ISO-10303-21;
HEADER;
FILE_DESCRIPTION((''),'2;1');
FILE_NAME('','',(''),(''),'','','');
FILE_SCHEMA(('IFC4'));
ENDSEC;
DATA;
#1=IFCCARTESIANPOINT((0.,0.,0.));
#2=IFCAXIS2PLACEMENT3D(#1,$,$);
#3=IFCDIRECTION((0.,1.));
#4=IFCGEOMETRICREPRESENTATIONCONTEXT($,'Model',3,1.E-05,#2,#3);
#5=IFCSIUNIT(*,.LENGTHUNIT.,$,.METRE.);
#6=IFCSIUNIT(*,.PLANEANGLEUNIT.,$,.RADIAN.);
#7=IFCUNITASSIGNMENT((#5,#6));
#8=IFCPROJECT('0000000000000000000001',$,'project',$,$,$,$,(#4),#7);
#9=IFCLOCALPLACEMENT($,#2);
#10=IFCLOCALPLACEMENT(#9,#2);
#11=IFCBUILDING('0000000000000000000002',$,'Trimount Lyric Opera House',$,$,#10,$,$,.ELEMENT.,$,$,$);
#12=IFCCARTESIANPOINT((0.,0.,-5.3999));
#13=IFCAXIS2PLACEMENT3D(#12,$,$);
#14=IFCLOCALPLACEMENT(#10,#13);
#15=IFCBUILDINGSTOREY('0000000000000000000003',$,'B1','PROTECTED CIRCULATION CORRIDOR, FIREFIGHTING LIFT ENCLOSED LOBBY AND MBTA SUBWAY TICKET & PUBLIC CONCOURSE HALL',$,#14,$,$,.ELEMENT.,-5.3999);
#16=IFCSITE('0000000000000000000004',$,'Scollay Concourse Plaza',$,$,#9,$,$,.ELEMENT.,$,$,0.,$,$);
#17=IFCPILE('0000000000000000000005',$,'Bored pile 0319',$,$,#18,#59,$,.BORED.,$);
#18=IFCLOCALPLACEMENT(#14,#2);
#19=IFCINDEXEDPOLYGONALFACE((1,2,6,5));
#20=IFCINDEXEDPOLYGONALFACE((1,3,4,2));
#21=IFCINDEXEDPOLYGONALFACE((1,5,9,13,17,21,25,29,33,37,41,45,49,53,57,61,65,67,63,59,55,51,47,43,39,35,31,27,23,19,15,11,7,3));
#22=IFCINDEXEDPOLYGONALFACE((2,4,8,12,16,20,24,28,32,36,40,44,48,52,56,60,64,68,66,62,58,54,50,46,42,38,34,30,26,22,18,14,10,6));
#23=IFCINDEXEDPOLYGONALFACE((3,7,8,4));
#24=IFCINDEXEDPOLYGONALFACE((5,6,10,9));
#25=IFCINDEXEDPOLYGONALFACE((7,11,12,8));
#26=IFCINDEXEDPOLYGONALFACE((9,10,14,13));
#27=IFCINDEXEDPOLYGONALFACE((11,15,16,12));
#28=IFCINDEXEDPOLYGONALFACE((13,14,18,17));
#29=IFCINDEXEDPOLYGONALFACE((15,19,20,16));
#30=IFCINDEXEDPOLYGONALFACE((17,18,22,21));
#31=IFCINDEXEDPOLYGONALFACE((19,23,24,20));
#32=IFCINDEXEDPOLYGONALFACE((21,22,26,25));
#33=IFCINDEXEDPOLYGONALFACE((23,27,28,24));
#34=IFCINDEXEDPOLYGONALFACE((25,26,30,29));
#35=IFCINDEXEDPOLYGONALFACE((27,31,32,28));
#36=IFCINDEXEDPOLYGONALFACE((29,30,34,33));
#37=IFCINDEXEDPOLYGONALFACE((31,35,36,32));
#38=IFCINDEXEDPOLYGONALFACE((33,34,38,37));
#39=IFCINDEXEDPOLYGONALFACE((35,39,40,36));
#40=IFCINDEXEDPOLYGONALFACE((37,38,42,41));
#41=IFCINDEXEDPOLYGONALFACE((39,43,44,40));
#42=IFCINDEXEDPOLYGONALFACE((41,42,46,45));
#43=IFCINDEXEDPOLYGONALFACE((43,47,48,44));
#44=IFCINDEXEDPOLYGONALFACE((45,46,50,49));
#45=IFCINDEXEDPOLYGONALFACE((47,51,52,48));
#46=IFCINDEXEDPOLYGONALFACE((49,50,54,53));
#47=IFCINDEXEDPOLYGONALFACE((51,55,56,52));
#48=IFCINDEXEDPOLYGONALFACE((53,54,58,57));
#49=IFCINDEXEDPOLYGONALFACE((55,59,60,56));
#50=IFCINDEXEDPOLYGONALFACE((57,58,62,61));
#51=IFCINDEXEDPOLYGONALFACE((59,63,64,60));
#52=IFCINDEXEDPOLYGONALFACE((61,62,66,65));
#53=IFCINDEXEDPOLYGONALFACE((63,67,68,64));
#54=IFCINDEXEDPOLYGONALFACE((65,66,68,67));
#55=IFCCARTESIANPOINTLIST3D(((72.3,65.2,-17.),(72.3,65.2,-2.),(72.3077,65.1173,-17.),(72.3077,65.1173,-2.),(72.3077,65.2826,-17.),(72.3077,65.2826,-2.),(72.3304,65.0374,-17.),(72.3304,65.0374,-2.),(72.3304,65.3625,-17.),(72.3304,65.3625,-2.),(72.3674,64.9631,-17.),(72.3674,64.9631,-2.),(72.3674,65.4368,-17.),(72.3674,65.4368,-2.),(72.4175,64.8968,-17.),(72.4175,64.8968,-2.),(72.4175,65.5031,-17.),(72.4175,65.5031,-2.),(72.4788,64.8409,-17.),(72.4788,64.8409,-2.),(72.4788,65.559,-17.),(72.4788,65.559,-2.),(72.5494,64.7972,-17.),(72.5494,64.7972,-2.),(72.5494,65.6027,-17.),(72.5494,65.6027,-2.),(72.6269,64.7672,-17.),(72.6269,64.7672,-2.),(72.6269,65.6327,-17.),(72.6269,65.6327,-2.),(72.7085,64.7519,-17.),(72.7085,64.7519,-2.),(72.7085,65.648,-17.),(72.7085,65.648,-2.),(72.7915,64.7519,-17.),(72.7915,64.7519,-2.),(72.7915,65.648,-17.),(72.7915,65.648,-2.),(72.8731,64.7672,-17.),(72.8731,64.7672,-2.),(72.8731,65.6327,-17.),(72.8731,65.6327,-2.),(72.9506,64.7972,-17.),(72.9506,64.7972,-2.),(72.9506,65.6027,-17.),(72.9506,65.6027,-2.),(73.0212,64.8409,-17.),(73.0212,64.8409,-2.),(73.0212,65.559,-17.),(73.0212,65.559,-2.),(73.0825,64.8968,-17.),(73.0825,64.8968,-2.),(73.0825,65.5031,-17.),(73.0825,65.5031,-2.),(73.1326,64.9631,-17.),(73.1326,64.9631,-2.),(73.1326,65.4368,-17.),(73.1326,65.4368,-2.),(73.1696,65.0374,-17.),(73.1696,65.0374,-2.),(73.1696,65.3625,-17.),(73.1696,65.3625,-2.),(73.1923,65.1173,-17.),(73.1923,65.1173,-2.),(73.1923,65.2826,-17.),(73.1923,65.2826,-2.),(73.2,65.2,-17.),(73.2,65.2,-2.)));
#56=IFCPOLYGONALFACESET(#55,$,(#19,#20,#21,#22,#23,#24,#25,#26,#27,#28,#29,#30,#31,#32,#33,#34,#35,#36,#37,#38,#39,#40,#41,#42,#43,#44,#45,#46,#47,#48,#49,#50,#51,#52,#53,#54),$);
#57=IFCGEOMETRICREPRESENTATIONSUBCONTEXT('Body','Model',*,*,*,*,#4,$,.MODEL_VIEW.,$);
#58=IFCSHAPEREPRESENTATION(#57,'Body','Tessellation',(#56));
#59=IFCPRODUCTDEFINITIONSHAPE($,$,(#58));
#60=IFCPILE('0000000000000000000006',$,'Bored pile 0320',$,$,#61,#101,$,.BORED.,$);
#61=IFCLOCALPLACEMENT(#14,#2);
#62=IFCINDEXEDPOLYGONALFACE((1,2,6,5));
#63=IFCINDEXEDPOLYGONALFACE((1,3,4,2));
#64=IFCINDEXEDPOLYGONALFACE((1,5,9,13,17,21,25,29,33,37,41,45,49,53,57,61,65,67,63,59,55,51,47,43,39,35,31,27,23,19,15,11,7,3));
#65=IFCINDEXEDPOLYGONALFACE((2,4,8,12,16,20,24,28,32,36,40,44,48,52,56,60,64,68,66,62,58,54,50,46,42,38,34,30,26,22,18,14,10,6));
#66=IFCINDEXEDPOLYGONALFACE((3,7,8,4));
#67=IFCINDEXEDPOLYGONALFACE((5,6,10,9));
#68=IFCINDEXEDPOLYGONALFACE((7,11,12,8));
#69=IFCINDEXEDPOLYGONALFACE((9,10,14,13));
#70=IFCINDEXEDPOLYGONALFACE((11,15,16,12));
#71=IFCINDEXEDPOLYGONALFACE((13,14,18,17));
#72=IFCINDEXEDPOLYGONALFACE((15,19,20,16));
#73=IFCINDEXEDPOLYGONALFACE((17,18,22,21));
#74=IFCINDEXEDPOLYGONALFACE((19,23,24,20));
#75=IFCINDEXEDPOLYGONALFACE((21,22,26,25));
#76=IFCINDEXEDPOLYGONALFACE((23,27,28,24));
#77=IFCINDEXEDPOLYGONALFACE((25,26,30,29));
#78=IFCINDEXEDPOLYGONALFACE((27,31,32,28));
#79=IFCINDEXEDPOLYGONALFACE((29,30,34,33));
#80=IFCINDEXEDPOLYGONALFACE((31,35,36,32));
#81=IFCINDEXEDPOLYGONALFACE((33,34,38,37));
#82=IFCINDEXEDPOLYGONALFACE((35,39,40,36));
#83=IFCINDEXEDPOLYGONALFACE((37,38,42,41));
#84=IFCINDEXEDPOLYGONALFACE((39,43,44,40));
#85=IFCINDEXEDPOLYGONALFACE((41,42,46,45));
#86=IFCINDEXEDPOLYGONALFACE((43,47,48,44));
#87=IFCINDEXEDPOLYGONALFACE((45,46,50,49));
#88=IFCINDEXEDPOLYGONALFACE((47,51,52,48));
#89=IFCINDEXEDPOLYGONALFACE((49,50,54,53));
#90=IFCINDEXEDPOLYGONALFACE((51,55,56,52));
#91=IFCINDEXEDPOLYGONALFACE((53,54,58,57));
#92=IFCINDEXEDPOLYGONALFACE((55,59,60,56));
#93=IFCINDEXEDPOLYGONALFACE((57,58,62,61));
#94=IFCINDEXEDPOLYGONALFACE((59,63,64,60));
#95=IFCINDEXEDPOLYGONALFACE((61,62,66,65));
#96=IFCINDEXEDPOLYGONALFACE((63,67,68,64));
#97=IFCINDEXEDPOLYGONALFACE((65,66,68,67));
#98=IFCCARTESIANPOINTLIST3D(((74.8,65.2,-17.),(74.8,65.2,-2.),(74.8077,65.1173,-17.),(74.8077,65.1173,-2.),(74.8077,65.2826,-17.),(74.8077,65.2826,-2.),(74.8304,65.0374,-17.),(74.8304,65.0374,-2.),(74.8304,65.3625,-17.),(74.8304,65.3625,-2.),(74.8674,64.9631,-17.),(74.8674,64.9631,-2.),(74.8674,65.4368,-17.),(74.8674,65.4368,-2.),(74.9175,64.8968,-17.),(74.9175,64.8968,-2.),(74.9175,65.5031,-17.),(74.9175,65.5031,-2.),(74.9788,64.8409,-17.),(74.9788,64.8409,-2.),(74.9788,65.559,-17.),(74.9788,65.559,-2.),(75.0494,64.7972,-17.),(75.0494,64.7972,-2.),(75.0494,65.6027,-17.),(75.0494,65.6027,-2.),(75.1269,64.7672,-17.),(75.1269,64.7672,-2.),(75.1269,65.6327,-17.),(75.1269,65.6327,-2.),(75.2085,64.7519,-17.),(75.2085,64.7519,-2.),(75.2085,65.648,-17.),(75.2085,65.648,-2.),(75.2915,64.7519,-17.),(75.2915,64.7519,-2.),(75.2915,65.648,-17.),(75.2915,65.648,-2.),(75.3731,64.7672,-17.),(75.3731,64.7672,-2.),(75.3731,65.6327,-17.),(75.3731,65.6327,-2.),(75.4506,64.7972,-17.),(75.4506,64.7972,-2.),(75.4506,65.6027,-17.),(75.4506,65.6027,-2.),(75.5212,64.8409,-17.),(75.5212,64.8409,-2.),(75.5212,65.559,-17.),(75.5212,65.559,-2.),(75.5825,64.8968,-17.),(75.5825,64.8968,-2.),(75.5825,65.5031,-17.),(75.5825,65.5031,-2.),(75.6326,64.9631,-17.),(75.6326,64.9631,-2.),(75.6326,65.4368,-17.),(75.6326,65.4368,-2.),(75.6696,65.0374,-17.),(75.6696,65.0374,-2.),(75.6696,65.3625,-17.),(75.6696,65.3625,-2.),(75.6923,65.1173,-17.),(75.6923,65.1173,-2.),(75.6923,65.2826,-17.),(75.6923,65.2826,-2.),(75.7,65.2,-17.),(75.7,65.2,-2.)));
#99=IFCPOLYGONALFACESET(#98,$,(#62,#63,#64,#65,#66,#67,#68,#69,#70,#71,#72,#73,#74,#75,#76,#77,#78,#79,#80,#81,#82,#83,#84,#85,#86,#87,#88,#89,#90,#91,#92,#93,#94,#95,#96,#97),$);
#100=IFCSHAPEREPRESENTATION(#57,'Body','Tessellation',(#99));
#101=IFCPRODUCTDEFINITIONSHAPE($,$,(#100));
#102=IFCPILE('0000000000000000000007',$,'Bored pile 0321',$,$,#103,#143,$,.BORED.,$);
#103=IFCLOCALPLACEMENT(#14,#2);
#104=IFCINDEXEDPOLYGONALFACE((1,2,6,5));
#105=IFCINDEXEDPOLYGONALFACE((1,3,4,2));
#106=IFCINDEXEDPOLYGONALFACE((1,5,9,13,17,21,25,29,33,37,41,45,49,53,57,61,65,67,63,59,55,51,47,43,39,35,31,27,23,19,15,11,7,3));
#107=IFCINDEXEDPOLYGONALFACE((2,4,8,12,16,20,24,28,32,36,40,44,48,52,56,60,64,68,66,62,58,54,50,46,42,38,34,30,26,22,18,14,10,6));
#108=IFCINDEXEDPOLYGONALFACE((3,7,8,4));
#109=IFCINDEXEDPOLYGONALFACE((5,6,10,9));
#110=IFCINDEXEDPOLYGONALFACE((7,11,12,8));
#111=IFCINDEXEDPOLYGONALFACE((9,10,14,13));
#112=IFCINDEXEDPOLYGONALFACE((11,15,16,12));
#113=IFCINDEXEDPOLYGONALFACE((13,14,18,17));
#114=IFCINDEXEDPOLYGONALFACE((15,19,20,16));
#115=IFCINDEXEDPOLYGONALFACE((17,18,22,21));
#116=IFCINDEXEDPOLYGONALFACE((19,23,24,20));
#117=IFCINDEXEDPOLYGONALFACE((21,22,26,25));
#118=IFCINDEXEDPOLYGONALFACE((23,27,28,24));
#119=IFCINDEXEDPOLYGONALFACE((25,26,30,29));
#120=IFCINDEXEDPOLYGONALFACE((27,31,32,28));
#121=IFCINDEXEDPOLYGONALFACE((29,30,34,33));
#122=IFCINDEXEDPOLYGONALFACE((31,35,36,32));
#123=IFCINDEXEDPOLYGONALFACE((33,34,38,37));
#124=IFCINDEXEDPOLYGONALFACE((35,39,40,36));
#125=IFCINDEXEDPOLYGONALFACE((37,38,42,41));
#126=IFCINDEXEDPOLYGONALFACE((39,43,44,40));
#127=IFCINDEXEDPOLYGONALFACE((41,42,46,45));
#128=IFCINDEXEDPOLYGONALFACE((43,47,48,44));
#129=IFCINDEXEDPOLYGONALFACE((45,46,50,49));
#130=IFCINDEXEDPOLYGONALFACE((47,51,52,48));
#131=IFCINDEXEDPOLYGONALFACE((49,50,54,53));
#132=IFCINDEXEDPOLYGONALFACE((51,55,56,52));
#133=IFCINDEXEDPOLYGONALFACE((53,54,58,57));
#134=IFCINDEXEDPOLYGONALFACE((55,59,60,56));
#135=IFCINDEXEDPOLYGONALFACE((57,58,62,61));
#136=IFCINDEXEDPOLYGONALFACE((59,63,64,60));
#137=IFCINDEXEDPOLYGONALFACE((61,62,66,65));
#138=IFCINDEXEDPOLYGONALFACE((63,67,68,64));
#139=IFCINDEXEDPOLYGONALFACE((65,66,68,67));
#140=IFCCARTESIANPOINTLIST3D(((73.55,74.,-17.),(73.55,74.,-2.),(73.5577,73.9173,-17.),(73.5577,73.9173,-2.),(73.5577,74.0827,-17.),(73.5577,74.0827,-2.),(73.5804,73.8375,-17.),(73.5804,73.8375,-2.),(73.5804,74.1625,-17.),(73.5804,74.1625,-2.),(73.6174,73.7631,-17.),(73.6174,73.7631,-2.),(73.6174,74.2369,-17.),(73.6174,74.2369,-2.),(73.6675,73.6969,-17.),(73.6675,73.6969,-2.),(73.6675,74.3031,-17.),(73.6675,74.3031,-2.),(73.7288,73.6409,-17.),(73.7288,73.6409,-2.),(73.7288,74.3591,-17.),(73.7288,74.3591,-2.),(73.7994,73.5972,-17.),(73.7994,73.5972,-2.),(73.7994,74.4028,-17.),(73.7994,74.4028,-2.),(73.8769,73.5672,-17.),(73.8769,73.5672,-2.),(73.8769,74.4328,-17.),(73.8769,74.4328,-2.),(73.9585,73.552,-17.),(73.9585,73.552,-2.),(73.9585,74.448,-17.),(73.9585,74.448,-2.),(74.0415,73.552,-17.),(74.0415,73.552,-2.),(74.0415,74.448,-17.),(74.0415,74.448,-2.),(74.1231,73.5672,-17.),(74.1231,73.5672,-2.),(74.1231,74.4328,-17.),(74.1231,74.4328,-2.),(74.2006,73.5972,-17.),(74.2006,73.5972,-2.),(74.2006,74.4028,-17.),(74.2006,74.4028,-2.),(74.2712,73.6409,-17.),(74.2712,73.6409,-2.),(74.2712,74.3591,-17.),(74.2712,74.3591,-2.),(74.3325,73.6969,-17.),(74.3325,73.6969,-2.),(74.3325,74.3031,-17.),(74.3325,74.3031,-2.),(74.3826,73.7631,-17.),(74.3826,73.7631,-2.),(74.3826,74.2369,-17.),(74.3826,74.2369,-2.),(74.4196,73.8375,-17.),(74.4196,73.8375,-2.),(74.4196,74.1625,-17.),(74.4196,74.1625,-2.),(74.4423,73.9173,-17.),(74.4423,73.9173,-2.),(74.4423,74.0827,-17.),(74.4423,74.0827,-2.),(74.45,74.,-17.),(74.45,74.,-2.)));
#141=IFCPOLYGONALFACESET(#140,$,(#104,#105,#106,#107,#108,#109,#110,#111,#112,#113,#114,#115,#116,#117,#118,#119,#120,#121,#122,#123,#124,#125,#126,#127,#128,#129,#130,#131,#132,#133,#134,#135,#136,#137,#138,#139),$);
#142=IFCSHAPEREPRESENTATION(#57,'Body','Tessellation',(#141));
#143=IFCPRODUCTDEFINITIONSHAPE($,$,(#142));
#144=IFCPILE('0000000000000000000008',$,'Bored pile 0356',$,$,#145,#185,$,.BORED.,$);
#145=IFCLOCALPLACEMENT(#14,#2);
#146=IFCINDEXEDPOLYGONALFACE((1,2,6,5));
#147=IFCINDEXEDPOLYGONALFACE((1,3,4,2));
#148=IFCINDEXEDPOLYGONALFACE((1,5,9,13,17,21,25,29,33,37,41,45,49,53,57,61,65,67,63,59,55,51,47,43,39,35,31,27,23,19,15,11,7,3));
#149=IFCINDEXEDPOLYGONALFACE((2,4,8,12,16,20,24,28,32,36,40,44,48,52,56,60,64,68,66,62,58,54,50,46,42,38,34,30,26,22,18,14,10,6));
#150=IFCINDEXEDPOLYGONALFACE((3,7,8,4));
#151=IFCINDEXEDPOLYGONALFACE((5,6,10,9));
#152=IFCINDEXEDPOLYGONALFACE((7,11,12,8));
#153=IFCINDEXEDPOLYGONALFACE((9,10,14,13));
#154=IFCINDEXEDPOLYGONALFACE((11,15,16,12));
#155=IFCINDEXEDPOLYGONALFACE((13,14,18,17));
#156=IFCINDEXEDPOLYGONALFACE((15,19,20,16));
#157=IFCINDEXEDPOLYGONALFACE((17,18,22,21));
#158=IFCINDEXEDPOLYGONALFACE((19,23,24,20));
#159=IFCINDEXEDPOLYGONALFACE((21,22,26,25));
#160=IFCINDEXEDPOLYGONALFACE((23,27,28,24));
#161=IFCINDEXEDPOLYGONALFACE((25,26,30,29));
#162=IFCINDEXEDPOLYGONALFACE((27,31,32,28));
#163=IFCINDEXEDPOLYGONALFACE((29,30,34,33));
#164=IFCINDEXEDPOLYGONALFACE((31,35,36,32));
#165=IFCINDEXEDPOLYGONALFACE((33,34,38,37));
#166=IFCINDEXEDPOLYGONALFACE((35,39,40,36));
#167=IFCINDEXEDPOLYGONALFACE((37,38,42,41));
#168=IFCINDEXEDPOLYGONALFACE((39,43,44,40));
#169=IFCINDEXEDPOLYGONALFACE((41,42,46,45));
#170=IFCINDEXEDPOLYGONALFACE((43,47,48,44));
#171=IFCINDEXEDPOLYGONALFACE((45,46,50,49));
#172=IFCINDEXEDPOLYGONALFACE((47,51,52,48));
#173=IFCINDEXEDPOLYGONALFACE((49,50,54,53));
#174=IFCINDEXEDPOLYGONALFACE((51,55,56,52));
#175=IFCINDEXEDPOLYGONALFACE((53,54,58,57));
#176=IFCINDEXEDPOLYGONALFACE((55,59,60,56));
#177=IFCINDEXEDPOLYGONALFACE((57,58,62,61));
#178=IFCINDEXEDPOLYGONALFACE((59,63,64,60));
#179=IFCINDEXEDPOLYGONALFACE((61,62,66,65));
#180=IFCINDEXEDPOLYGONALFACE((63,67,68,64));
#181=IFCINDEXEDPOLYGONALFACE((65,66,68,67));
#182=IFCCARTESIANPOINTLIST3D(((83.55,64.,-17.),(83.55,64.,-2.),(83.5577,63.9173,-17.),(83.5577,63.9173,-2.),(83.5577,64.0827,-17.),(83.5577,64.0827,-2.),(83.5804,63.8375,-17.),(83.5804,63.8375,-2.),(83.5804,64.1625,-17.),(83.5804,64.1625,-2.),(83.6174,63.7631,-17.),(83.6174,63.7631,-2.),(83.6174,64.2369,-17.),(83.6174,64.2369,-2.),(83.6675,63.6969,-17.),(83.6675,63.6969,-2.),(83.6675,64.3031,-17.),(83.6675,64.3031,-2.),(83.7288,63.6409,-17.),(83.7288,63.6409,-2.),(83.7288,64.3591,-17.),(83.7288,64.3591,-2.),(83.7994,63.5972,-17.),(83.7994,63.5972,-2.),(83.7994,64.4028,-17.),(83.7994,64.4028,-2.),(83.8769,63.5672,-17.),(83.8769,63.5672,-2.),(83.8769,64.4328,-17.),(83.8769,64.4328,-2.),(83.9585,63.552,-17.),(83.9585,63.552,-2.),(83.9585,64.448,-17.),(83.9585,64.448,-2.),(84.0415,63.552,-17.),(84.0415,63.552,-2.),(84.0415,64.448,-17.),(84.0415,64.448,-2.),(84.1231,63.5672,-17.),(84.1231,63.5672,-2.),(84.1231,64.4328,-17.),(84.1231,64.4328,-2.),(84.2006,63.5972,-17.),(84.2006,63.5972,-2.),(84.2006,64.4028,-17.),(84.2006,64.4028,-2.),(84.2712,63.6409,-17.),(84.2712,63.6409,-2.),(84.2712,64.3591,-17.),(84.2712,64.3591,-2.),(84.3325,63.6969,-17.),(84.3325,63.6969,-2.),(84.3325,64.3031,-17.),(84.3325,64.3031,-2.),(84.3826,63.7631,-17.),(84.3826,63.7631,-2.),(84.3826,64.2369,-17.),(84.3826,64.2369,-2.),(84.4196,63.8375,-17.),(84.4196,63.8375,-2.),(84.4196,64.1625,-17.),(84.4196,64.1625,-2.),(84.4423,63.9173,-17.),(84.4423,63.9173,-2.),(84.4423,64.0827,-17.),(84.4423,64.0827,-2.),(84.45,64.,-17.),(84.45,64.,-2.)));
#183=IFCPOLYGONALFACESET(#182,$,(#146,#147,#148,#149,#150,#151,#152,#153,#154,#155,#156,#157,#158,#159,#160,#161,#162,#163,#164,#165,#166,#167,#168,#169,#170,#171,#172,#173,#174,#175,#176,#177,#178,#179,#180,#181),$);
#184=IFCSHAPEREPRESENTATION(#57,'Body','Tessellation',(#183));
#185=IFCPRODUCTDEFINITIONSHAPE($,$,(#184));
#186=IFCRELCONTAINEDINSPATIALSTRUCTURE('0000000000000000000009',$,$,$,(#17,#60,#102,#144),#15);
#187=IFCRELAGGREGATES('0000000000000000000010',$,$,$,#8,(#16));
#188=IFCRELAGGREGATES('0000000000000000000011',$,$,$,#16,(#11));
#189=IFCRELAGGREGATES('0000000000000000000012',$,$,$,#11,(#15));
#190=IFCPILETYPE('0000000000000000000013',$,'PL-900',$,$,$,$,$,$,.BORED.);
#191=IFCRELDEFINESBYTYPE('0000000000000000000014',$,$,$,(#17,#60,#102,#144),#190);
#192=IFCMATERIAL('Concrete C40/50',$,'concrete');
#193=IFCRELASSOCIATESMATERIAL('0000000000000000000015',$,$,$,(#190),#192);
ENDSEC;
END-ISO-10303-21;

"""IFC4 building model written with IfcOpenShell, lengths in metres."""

from ifc_helpers import new_model, si_unit, direction, frame, origin, origin_2d, place, context, subcontext, project, spatial, circle, extrude, material, material_profile, profile_set, type_object, element, save


model = new_model("IFC4")

# Units and contexts
model_context = context("Model", 3, precision=1e-05, world=origin(), true_north=direction((0.0, 1.0)))
body_context = subcontext(model_context, "Body", "Model", "MODEL_VIEW")
ifc_project = project(units=[si_unit("LENGTHUNIT", "METRE"), si_unit("PLANEANGLEUNIT", "RADIAN")], contexts=[model_context])

# Site, building, storey
site_placement = place(None, origin())
site = spatial("IfcSite", under=ifc_project, at=site_placement, Name="Scollay Concourse Plaza", CompositionType="ELEMENT", RefElevation=0.0)
building_placement = place(site_placement, origin())
building = spatial("IfcBuilding", under=site, at=building_placement, Name="Trimount Lyric Opera House", CompositionType="ELEMENT")
storey_placement = place(building_placement, frame((0.0, 0.0, -5.3999)))
storey = spatial("IfcBuildingStorey", under=building, at=storey_placement, Name="B1", Description="PROTECTED CIRCULATION CORRIDOR, FIREFIGHTING LIFT ENCLOSED LOBBY AND MBTA SUBWAY TICKET & PUBLIC CONCOURSE HALL", CompositionType="ELEMENT", Elevation=-5.3999)

# Piles
ifc_material_1 = material(Name="Concrete C40/50", Category="concrete")
ifc_material_profile_1 = material_profile(ifc_material_1, circle(Radius=0.45, at=origin_2d()), Name="PILE-D900")
ifc_profile_set_1 = profile_set([ifc_material_profile_1], Name="Concrete C40/50")
pile_type_1 = type_object("IfcPileType", Name="PL-900", PredefinedType="BORED", material=ifc_profile_set_1)
for number, where, z_axis, x_axis, name in (
    (1, (72.75, 65.2, -2.0), (0.0, 0.0, -1.0), (1.0, 0.0, 0.0), "Bored pile 0319"),
    (2, (75.25, 65.2, -2.0), (0.0, 0.0, -1.0), (1.0, 0.0, 0.0), "Bored pile 0320"),
    (3, (74.0, 74.0, -2.0), (0.0, 0.0, -1.0), (1.0, 0.0, 0.0), "Bored pile 0321"),
    (4, (84.0, 64.0, -2.0), (0.0, 0.0, -1.0), (1.0, 0.0, 0.0), "Bored pile 0356"),
):
    element("IfcPile", number, at=place(storey_placement, frame(where, z_axis=z_axis, x_axis=x_axis)), inside=storey, type_object=pile_type_1, Name=name, PredefinedType="BORED", context=body_context, shape_type="SweptSolid", body=[
        extrude(circle(Radius=0.45, at=origin_2d()), origin(), (0.0, 0.0, 1.0), 15.0),
    ])

save(model, "model.ifc")
